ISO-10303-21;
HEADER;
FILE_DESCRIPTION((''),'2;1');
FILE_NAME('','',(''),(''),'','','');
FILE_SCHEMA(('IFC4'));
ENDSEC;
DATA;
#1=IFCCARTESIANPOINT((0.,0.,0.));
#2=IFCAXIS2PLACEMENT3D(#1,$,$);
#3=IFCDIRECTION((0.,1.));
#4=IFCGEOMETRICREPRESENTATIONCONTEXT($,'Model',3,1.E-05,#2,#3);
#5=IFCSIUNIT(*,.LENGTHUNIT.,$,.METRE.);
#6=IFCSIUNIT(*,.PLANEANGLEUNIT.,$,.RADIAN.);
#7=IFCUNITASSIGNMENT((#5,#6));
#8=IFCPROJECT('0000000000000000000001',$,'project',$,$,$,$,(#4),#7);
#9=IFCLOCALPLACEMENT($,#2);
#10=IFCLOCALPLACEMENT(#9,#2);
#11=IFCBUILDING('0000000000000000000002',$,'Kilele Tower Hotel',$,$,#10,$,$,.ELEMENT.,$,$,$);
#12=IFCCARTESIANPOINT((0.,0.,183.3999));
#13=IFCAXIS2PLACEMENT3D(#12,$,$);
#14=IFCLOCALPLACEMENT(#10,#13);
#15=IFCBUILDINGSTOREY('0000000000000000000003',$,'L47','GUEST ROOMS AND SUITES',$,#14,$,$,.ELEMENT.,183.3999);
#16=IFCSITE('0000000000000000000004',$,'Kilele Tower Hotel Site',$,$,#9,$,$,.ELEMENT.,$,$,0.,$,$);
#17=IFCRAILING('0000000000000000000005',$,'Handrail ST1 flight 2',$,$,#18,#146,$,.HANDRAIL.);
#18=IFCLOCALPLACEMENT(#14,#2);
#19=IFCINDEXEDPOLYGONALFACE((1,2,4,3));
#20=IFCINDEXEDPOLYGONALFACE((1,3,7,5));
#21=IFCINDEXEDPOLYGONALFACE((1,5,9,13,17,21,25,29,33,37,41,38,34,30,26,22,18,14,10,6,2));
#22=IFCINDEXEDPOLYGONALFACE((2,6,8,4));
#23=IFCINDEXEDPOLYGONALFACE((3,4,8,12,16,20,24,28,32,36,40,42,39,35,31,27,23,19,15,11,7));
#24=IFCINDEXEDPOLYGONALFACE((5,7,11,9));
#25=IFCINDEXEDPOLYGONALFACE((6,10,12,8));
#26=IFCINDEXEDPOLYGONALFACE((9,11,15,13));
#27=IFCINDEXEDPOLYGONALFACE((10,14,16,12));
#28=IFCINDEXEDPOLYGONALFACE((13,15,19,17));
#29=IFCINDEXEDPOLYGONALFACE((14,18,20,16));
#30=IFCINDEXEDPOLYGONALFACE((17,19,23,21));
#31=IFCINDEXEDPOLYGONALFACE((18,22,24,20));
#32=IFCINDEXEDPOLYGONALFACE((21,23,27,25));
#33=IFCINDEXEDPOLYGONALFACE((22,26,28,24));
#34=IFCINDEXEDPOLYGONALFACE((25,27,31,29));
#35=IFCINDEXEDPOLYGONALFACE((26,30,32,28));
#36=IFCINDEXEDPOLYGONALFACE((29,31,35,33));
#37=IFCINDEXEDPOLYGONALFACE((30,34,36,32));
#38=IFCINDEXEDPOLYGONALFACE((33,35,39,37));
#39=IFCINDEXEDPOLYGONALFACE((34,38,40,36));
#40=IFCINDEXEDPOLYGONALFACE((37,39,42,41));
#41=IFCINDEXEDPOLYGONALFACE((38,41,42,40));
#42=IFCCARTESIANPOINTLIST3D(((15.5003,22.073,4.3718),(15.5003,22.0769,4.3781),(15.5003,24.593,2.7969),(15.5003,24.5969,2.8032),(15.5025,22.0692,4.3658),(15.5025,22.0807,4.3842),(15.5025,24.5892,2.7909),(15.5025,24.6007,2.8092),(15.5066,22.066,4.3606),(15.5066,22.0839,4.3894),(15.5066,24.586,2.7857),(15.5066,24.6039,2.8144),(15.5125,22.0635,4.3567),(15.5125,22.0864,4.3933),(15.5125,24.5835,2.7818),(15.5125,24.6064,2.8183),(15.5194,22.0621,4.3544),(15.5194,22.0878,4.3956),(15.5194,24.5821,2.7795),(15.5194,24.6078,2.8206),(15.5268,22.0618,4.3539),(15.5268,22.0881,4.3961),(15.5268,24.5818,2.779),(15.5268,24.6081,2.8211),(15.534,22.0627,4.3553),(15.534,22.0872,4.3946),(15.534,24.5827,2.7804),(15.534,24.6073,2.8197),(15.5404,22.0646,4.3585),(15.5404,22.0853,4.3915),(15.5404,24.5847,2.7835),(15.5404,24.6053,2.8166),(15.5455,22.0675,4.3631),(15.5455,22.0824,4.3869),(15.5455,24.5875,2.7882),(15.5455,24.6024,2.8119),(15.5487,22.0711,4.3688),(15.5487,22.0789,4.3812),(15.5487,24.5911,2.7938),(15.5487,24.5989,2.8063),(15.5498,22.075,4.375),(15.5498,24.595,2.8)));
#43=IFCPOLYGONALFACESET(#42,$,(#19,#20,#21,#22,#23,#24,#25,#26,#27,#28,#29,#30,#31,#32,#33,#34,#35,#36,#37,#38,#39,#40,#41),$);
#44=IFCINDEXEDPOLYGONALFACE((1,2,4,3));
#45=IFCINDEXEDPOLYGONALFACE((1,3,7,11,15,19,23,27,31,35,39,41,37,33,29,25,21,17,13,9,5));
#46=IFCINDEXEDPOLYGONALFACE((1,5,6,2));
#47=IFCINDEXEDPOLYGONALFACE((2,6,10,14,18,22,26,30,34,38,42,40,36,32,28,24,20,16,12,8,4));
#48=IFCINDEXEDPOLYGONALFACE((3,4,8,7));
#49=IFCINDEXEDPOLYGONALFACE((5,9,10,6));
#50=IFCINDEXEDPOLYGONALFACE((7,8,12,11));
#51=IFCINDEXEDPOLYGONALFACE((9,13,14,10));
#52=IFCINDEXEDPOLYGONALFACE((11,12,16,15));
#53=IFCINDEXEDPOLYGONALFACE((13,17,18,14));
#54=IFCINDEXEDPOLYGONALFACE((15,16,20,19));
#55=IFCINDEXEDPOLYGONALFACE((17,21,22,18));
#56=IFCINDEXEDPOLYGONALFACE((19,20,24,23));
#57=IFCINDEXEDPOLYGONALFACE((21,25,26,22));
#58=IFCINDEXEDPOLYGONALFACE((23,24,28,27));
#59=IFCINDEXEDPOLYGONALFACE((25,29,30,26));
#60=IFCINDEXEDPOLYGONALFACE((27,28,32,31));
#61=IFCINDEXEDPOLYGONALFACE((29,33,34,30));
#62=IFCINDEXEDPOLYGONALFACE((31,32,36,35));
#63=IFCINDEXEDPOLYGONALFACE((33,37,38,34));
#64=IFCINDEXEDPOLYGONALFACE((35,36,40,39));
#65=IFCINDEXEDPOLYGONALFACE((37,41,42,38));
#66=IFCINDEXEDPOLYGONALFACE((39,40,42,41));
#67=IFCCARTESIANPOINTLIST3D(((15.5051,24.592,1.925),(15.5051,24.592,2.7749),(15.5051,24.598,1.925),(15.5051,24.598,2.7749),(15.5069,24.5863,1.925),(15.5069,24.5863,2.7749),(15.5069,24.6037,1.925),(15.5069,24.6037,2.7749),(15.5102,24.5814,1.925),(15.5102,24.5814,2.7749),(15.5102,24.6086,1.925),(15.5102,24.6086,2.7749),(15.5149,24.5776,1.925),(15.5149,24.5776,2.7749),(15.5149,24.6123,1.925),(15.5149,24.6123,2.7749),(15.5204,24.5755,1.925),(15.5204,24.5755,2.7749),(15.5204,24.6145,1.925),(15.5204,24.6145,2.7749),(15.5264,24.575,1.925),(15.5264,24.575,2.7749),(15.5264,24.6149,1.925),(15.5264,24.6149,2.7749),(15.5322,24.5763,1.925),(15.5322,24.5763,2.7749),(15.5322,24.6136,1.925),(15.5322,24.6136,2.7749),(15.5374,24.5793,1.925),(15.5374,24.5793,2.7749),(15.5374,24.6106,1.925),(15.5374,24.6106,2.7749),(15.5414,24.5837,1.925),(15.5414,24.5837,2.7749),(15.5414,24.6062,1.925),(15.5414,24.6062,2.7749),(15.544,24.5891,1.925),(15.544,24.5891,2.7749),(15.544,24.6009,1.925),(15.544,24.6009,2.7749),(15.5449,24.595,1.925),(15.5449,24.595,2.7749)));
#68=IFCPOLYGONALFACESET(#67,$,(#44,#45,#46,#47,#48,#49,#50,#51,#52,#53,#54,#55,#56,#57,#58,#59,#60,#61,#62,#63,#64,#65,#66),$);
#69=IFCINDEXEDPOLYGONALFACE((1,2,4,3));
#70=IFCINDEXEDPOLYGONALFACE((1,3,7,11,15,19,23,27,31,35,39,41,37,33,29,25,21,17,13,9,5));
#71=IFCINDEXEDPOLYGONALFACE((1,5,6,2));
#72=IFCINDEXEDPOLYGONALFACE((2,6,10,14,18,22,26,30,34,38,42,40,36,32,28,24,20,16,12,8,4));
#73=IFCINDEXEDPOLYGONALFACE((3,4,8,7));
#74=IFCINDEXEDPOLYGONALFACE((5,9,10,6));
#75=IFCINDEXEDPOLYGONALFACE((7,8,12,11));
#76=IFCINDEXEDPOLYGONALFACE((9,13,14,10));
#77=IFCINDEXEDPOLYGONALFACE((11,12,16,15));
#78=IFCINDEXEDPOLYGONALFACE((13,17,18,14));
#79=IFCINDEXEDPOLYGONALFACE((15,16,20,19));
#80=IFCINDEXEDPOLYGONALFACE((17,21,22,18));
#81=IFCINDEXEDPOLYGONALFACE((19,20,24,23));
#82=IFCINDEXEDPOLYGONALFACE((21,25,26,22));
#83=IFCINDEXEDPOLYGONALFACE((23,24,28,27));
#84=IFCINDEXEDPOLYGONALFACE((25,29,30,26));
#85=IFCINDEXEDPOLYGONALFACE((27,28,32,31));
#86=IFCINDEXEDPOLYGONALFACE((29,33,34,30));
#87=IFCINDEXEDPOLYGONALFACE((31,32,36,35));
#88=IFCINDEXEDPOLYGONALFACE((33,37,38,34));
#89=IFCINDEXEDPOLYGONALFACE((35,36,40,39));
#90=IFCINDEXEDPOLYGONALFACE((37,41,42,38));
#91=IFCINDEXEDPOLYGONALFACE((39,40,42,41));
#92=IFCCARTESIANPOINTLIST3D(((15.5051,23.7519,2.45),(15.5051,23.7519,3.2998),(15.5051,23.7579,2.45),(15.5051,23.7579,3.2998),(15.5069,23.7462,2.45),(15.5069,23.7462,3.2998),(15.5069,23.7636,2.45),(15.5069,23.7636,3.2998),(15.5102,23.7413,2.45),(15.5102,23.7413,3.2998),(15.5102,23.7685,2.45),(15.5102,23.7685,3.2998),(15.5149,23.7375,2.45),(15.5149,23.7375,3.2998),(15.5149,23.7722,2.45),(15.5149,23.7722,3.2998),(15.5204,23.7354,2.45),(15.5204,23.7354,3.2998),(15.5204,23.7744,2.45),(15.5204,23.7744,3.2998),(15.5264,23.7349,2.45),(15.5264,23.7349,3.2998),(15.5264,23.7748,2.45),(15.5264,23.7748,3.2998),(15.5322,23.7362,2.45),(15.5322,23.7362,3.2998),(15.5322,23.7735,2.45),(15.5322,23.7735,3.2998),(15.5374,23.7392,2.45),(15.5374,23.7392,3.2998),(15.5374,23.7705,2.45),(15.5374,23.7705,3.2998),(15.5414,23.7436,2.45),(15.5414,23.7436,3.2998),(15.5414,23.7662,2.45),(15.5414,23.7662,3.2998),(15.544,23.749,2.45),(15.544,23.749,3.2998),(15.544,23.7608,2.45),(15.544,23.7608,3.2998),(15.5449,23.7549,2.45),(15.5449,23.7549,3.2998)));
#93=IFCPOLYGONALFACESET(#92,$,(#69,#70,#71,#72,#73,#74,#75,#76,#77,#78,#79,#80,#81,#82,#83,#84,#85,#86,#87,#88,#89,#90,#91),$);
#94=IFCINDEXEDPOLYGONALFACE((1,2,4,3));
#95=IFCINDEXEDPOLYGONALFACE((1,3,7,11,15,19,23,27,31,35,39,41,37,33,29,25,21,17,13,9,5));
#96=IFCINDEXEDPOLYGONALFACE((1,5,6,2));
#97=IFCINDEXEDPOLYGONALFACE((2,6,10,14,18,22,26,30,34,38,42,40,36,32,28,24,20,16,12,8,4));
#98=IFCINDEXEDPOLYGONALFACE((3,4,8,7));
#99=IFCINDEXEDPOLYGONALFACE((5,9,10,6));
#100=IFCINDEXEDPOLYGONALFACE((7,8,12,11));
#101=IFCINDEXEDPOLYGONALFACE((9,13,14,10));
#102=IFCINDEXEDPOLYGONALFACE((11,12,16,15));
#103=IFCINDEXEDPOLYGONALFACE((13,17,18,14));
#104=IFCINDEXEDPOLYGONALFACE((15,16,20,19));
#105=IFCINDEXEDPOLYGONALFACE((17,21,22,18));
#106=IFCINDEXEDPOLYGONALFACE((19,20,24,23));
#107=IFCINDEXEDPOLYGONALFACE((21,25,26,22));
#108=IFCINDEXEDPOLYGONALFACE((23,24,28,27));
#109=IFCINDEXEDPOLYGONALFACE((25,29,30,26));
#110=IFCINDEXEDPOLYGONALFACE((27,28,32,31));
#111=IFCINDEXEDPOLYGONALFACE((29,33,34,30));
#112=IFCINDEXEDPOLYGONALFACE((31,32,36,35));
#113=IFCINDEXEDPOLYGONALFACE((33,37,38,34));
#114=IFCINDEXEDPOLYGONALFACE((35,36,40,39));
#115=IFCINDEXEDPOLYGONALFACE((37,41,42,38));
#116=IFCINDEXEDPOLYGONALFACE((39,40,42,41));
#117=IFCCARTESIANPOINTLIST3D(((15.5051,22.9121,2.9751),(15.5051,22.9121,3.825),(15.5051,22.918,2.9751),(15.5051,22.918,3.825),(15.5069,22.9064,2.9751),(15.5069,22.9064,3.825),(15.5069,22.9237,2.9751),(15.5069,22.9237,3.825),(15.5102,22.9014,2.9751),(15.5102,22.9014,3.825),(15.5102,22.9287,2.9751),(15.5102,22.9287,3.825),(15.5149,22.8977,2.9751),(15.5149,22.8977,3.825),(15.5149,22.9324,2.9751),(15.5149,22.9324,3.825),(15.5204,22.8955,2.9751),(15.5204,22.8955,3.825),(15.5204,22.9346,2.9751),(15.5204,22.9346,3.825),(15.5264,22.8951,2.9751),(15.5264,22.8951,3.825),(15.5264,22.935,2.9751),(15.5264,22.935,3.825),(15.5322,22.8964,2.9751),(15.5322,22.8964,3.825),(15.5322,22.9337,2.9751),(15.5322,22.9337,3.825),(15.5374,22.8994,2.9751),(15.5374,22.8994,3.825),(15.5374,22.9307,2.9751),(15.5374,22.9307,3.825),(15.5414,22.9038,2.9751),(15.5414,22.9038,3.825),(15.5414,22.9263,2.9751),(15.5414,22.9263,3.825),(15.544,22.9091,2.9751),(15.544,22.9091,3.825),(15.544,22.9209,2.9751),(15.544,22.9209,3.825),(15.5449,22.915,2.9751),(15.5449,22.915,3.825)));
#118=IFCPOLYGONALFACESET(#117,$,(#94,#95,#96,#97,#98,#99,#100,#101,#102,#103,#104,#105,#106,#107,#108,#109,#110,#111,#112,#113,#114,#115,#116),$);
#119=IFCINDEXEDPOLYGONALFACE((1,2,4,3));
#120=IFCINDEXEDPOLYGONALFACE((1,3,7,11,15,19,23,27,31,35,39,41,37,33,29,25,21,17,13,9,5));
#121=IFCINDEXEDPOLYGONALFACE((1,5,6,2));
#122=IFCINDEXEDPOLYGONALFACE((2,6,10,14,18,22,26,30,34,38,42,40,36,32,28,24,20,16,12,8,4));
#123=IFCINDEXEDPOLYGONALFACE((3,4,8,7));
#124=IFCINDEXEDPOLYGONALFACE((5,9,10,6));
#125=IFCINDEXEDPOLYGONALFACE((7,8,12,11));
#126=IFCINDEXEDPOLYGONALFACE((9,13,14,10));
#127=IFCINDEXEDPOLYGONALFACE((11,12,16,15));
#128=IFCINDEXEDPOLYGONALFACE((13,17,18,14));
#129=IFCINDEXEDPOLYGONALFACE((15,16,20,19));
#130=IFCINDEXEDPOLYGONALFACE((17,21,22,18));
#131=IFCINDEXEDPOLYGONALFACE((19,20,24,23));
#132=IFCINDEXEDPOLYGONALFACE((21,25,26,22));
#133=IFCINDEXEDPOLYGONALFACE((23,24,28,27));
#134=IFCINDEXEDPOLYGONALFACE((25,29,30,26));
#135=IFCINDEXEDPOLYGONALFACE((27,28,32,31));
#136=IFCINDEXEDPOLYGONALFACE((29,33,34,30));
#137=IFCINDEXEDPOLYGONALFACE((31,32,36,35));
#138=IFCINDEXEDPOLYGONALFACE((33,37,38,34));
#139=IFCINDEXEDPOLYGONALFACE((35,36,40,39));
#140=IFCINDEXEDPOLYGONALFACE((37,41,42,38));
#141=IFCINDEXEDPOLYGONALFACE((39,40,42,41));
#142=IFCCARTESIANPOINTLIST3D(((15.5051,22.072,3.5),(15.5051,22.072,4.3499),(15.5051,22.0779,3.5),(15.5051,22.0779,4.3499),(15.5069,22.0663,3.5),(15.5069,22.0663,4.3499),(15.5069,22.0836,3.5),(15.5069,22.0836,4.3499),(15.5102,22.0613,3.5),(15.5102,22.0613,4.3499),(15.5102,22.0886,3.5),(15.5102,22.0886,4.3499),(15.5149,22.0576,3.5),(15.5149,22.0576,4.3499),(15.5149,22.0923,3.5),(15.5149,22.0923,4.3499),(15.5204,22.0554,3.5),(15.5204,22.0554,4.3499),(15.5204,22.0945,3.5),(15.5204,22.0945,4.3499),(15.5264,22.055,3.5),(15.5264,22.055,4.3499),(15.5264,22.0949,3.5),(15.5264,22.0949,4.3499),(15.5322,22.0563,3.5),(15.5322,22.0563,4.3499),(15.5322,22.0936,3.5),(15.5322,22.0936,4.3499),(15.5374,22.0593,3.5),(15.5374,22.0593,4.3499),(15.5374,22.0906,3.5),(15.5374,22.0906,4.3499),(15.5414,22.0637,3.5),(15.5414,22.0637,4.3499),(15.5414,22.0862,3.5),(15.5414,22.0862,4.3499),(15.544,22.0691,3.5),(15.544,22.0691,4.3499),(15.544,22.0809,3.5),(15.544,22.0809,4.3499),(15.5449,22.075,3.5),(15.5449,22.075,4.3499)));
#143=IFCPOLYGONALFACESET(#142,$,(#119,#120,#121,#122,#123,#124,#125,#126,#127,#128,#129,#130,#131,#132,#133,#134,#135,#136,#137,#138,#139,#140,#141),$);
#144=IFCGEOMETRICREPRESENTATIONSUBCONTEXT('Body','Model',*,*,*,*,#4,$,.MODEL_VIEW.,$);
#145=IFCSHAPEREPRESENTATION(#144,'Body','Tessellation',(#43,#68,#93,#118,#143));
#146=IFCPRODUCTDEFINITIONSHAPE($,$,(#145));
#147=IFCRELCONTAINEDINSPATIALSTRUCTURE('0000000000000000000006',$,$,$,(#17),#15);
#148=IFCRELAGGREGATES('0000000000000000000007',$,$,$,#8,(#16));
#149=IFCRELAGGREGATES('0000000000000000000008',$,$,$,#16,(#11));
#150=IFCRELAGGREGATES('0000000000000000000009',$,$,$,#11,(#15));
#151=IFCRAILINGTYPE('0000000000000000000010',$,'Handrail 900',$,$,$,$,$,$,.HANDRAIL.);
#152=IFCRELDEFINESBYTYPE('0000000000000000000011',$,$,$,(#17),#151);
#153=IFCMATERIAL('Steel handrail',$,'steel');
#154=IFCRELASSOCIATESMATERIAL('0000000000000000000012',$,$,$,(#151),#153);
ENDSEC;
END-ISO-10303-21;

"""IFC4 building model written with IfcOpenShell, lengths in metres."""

from ifc_helpers import new_model, si_unit, direction, frame, origin, origin_2d, place, context, subcontext, project, spatial, circle, extrude, material, type_object, element, save


model = new_model("IFC4")

# Units and contexts
model_context = context("Model", 3, precision=1e-05, world=origin(), true_north=direction((0.0, 1.0)))
body_context = subcontext(model_context, "Body", "Model", "MODEL_VIEW")
ifc_project = project(units=[si_unit("LENGTHUNIT", "METRE"), si_unit("PLANEANGLEUNIT", "RADIAN")], contexts=[model_context])

# Site, building, storey
site_placement = place(None, origin())
site = spatial("IfcSite", under=ifc_project, at=site_placement, Name="Kilele Tower Hotel Site", CompositionType="ELEMENT", RefElevation=0.0)
building_placement = place(site_placement, origin())
building = spatial("IfcBuilding", under=site, at=building_placement, Name="Kilele Tower Hotel", CompositionType="ELEMENT")
storey_placement = place(building_placement, frame((0.0, 0.0, 183.3999)))
storey = spatial("IfcBuildingStorey", under=building, at=storey_placement, Name="L47", Description="GUEST ROOMS AND SUITES", CompositionType="ELEMENT", Elevation=183.3999)

# Railing
ifc_material_1 = material(Name="Steel handrail", Category="steel")
railing_type_1 = type_object("IfcRailingType", Name="Handrail 900", PredefinedType="HANDRAIL", material=ifc_material_1)
for number, where, name in (
    (1, (15.5249, 24.595, 1.925), "Handrail ST1 flight 2"),
):
    element("IfcRailing", number, at=place(storey_placement, frame(where)), inside=storey, type_object=railing_type_1, Name=name, PredefinedType="HANDRAIL", context=body_context, shape_type="SweptSolid", body=[
        extrude(circle(Radius=0.0249, at=origin_2d()), frame((0.0, 0.0, 0.875), z_axis=(0.0, -0.848008, 0.529984), x_axis=(1.0, 0.0, 0.0)), (0.0, 0.0, 1.0), 2.9717),
        extrude(circle(Radius=0.02, at=origin_2d()), origin(), (0.0, 0.0, 1.0), 0.8499),
        extrude(circle(Radius=0.02, at=origin_2d()), frame((0.0, -0.8401, 0.5249)), (0.0, 0.0, 1.0), 0.8499),
        extrude(circle(Radius=0.02, at=origin_2d()), frame((0.0, -1.6799, 1.05)), (0.0, 0.0, 1.0), 0.8499),
        extrude(circle(Radius=0.02, at=origin_2d()), frame((0.0, -2.52, 1.575)), (0.0, 0.0, 1.0), 0.8499),
    ])

save(model, "model.ifc")
